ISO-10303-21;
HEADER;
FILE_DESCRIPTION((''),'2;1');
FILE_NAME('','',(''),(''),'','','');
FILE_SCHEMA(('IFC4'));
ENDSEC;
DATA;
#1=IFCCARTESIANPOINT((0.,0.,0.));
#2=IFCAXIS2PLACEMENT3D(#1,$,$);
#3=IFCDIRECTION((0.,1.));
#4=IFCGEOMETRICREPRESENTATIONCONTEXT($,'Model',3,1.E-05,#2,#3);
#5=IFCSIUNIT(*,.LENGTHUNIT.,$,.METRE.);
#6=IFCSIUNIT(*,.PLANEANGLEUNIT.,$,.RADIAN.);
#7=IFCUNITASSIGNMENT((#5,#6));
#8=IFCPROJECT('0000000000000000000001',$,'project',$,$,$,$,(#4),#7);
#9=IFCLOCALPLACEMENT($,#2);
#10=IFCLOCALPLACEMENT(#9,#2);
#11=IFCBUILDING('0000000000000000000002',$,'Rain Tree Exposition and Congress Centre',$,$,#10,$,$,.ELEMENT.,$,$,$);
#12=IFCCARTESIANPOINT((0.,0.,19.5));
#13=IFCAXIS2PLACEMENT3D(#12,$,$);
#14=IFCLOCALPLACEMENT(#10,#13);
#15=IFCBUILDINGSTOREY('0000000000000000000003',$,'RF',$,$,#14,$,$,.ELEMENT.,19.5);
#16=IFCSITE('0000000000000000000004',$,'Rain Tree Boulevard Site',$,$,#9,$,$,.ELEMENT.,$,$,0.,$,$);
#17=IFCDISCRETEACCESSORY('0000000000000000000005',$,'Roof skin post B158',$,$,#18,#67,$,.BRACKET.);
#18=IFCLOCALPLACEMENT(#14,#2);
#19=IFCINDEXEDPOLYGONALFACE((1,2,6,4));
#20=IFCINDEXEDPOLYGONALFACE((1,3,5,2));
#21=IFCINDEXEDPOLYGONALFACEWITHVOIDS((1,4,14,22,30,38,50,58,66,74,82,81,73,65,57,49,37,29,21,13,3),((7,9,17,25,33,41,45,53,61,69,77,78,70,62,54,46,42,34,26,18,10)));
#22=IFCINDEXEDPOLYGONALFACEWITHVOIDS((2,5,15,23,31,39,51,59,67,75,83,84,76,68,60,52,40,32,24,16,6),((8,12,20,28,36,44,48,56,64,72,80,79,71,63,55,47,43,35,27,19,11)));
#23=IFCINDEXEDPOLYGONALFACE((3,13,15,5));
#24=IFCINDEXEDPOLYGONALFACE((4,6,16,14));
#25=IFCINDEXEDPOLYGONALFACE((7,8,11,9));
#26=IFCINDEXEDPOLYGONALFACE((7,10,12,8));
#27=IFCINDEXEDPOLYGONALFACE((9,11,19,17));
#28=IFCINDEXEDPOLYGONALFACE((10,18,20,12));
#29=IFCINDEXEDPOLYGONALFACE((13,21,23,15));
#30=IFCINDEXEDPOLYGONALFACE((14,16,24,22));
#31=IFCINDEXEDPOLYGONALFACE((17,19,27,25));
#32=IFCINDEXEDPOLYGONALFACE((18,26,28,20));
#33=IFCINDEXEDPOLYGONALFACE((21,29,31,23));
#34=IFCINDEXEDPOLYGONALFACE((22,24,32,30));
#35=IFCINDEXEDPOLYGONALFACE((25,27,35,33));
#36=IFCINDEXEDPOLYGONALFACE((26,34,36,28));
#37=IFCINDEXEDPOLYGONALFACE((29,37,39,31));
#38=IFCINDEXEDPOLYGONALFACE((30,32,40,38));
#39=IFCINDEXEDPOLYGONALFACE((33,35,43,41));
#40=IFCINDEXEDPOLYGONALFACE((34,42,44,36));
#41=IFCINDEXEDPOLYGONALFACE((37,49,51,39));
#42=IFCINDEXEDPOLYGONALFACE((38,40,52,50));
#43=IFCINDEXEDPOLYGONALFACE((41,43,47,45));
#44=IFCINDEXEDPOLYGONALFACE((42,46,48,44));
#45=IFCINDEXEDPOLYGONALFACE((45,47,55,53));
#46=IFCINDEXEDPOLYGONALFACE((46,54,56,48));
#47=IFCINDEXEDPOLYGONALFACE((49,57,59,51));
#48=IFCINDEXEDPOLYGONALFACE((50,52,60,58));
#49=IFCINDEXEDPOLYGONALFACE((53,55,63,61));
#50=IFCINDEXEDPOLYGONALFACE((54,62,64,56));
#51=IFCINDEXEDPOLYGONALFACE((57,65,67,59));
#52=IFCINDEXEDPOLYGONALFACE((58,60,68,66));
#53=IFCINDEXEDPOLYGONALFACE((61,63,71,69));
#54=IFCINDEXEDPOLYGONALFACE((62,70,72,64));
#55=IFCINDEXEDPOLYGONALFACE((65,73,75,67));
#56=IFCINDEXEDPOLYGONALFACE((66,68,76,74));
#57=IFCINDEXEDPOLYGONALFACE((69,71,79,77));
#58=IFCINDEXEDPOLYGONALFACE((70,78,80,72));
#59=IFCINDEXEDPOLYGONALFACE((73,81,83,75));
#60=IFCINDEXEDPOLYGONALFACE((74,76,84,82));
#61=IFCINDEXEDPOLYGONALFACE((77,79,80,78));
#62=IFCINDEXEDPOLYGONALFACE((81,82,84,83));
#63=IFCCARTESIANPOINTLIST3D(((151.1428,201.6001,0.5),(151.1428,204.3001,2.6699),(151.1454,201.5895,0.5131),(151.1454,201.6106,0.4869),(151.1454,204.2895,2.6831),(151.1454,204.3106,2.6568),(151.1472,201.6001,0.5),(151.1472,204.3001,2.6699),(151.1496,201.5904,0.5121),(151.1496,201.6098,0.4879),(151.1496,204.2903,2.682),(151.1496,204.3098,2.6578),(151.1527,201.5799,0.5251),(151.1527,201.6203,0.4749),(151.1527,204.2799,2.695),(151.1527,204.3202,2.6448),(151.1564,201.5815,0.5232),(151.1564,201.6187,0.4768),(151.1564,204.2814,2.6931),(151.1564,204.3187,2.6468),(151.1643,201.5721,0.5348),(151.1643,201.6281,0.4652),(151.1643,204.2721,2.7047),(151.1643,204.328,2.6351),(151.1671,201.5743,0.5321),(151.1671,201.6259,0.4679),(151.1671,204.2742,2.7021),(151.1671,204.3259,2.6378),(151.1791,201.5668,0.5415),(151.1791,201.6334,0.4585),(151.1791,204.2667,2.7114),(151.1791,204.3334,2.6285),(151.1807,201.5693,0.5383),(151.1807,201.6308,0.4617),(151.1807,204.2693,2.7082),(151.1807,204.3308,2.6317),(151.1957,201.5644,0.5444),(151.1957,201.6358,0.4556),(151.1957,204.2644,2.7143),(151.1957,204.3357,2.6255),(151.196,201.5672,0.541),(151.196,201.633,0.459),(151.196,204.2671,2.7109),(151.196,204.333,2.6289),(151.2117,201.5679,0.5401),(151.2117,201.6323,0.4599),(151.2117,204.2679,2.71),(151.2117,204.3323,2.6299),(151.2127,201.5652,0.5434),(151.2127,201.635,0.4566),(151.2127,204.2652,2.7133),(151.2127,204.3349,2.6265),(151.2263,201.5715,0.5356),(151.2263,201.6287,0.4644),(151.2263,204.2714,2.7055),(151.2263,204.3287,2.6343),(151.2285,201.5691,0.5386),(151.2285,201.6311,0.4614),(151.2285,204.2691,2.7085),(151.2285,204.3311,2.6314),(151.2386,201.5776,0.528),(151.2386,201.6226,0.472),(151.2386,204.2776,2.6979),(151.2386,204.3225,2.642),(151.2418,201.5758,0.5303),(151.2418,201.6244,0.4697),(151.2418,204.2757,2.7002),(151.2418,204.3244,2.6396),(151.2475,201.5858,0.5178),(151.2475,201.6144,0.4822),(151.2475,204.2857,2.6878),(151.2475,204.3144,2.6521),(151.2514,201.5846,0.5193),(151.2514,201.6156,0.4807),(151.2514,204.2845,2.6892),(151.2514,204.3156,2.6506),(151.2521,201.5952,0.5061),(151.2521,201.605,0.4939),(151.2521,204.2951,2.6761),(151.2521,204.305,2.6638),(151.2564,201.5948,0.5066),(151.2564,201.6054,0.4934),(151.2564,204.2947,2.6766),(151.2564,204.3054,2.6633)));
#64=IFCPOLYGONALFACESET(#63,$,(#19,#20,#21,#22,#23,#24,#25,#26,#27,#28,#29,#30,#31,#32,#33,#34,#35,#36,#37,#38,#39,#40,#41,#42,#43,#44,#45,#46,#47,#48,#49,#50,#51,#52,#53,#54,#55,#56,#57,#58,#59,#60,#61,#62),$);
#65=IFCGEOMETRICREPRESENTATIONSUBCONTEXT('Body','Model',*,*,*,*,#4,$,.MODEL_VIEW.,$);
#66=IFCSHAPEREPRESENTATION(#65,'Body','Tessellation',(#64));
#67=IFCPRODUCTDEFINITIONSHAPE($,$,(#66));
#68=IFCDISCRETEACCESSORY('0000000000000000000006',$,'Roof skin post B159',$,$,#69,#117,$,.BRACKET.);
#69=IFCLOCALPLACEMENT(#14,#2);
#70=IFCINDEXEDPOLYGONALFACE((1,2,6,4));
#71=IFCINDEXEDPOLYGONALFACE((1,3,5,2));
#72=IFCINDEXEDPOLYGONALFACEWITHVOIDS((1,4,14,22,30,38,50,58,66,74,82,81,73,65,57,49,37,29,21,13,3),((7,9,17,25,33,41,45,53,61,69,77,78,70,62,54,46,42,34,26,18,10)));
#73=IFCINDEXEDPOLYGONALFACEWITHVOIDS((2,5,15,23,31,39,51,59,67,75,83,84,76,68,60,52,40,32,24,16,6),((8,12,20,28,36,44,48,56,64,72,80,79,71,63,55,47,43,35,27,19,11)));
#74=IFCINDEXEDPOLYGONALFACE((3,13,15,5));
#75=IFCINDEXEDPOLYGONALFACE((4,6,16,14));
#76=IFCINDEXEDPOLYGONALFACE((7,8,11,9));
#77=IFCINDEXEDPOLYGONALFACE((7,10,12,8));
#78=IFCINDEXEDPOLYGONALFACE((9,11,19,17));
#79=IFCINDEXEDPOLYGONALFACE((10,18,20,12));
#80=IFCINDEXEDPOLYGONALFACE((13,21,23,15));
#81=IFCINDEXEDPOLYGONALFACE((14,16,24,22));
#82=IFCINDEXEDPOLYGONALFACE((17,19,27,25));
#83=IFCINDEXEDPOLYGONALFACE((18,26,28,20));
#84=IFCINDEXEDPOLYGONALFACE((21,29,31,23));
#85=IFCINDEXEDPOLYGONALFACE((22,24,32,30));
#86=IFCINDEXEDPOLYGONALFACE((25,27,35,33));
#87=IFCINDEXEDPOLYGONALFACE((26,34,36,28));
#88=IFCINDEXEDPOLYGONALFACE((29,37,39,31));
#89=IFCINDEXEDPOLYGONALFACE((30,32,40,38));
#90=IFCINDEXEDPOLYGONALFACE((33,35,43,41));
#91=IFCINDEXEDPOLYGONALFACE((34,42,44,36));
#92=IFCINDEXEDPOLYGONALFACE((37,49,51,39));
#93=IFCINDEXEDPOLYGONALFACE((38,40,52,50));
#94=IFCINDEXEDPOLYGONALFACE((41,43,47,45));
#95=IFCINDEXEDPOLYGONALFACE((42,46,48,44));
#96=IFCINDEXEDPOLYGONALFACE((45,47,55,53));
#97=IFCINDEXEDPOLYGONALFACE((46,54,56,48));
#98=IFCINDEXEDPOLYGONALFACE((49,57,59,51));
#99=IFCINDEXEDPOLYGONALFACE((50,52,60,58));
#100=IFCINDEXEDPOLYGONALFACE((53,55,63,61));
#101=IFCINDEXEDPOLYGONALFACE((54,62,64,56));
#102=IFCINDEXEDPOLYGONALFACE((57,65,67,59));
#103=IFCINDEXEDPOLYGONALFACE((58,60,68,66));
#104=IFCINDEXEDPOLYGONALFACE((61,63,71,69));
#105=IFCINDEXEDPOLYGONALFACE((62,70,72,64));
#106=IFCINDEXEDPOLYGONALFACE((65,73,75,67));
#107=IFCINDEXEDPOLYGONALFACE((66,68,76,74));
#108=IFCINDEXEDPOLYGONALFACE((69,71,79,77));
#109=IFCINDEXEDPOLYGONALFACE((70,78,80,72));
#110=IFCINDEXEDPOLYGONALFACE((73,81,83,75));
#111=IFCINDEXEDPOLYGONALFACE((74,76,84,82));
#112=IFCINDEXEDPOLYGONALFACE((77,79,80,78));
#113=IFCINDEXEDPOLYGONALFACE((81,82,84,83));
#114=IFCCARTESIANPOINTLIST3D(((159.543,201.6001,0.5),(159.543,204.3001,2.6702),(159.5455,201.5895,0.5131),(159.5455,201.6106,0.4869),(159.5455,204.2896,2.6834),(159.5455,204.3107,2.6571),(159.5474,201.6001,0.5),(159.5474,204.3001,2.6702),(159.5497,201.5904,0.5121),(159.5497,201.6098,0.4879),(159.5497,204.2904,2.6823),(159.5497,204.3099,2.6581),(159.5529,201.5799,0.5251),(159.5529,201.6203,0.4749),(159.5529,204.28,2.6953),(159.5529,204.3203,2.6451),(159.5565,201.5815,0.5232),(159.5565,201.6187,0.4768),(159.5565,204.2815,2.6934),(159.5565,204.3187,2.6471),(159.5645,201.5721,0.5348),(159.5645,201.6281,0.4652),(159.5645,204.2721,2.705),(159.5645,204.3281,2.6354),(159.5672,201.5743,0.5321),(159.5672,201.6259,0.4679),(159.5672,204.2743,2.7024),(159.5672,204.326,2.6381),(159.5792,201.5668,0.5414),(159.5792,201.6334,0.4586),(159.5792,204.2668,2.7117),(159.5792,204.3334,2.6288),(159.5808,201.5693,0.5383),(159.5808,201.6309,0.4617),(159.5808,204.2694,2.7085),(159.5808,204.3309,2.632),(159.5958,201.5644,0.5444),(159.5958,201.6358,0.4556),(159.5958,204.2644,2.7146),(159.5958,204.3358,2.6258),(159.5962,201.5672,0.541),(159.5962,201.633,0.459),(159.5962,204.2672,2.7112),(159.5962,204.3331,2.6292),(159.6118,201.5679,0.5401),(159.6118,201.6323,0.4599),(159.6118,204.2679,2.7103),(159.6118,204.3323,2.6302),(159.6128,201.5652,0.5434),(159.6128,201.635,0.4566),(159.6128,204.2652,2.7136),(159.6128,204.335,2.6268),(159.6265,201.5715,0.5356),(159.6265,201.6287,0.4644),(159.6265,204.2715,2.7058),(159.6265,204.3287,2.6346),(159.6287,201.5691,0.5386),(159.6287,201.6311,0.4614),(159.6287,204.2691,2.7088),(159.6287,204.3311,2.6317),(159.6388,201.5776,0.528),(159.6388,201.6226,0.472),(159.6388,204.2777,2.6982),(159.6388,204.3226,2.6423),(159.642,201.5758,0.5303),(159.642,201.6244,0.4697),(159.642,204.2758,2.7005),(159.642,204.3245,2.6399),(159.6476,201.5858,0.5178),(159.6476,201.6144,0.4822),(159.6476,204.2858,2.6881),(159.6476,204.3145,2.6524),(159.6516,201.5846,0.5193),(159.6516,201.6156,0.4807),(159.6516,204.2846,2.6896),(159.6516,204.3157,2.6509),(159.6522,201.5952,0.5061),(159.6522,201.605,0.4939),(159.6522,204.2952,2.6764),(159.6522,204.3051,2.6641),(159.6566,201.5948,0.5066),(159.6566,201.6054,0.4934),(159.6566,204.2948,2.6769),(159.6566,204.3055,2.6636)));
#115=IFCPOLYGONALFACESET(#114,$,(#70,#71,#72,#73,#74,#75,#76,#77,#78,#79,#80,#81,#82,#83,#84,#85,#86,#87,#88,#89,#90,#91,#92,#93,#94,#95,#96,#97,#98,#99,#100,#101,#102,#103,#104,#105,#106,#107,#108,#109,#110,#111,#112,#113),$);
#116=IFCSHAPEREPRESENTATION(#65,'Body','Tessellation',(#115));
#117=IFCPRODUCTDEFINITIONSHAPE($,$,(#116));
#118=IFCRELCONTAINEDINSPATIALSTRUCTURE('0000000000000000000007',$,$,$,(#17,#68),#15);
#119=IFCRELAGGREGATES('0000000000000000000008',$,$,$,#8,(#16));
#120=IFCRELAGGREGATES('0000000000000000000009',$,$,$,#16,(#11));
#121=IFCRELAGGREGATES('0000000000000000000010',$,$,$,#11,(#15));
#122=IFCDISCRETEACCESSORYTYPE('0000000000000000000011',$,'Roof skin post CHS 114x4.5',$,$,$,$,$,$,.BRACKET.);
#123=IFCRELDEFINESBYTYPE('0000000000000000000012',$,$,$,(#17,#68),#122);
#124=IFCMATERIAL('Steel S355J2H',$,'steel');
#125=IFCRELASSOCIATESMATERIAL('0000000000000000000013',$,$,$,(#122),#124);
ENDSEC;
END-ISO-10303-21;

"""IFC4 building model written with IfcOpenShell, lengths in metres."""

from ifc_helpers import new_model, si_unit, direction, frame, origin, origin_2d, place, context, subcontext, project, spatial, hollow_circle, extrude, material, material_profile, profile_set, type_object, element, save


model = new_model("IFC4")

# Units and contexts
model_context = context("Model", 3, precision=1e-05, world=origin(), true_north=direction((0.0, 1.0)))
body_context = subcontext(model_context, "Body", "Model", "MODEL_VIEW")
ifc_project = project(units=[si_unit("LENGTHUNIT", "METRE"), si_unit("PLANEANGLEUNIT", "RADIAN")], contexts=[model_context])

# Site, building, storey
site_placement = place(None, origin())
site = spatial("IfcSite", under=ifc_project, at=site_placement, Name="Rain Tree Boulevard Site", CompositionType="ELEMENT", RefElevation=0.0)
building_placement = place(site_placement, origin())
building = spatial("IfcBuilding", under=site, at=building_placement, Name="Rain Tree Exposition and Congress Centre", CompositionType="ELEMENT")
storey_placement = place(building_placement, frame((0.0, 0.0, 19.5)))
storey = spatial("IfcBuildingStorey", under=building, at=storey_placement, Name="RF", CompositionType="ELEMENT", Elevation=19.5)

# Discrete accessories
ifc_material_1 = material(Name="Steel S355J2H", Category="steel")
ifc_material_profile_1 = material_profile(ifc_material_1, hollow_circle(Radius=0.0571, WallThickness=0.0044, at=origin_2d()), Name="CHS 114x4.5")
ifc_profile_set_1 = profile_set([ifc_material_profile_1], Name="Steel S355J2H")
discrete_accessory_type_1 = type_object("IfcDiscreteAccessoryType", Name="Roof skin post CHS 114x4.5", PredefinedType="BRACKET", material=ifc_profile_set_1)
discrete_accessory_1_placement = place(storey_placement, frame((151.2, 201.6001, 0.5), z_axis=(0.0, 0.779464, 0.626447), x_axis=(-1.0, 0.0, 0.0)))
element("IfcDiscreteAccessory", 1, at=discrete_accessory_1_placement, inside=storey, type_object=discrete_accessory_type_1, Name="Roof skin post B158", PredefinedType="BRACKET", context=body_context, shape_type="SweptSolid", body=[
    extrude(hollow_circle(Radius=0.0571, WallThickness=0.0044, at=origin_2d()), origin(), (0.0, 0.0, 1.0), 3.4639),
])
discrete_accessory_2_placement = place(storey_placement, frame((159.6001, 201.6001, 0.5), z_axis=(0.0, 0.77943, 0.62649), x_axis=(-1.0, 0.0, 0.0)))
element("IfcDiscreteAccessory", 2, at=discrete_accessory_2_placement, inside=storey, type_object=discrete_accessory_type_1, Name="Roof skin post B159", PredefinedType="BRACKET", context=body_context, shape_type="SweptSolid", body=[
    extrude(hollow_circle(Radius=0.0571, WallThickness=0.0044, at=origin_2d()), origin(), (0.0, 0.0, 1.0), 3.4641),
])

save(model, "model.ifc")
